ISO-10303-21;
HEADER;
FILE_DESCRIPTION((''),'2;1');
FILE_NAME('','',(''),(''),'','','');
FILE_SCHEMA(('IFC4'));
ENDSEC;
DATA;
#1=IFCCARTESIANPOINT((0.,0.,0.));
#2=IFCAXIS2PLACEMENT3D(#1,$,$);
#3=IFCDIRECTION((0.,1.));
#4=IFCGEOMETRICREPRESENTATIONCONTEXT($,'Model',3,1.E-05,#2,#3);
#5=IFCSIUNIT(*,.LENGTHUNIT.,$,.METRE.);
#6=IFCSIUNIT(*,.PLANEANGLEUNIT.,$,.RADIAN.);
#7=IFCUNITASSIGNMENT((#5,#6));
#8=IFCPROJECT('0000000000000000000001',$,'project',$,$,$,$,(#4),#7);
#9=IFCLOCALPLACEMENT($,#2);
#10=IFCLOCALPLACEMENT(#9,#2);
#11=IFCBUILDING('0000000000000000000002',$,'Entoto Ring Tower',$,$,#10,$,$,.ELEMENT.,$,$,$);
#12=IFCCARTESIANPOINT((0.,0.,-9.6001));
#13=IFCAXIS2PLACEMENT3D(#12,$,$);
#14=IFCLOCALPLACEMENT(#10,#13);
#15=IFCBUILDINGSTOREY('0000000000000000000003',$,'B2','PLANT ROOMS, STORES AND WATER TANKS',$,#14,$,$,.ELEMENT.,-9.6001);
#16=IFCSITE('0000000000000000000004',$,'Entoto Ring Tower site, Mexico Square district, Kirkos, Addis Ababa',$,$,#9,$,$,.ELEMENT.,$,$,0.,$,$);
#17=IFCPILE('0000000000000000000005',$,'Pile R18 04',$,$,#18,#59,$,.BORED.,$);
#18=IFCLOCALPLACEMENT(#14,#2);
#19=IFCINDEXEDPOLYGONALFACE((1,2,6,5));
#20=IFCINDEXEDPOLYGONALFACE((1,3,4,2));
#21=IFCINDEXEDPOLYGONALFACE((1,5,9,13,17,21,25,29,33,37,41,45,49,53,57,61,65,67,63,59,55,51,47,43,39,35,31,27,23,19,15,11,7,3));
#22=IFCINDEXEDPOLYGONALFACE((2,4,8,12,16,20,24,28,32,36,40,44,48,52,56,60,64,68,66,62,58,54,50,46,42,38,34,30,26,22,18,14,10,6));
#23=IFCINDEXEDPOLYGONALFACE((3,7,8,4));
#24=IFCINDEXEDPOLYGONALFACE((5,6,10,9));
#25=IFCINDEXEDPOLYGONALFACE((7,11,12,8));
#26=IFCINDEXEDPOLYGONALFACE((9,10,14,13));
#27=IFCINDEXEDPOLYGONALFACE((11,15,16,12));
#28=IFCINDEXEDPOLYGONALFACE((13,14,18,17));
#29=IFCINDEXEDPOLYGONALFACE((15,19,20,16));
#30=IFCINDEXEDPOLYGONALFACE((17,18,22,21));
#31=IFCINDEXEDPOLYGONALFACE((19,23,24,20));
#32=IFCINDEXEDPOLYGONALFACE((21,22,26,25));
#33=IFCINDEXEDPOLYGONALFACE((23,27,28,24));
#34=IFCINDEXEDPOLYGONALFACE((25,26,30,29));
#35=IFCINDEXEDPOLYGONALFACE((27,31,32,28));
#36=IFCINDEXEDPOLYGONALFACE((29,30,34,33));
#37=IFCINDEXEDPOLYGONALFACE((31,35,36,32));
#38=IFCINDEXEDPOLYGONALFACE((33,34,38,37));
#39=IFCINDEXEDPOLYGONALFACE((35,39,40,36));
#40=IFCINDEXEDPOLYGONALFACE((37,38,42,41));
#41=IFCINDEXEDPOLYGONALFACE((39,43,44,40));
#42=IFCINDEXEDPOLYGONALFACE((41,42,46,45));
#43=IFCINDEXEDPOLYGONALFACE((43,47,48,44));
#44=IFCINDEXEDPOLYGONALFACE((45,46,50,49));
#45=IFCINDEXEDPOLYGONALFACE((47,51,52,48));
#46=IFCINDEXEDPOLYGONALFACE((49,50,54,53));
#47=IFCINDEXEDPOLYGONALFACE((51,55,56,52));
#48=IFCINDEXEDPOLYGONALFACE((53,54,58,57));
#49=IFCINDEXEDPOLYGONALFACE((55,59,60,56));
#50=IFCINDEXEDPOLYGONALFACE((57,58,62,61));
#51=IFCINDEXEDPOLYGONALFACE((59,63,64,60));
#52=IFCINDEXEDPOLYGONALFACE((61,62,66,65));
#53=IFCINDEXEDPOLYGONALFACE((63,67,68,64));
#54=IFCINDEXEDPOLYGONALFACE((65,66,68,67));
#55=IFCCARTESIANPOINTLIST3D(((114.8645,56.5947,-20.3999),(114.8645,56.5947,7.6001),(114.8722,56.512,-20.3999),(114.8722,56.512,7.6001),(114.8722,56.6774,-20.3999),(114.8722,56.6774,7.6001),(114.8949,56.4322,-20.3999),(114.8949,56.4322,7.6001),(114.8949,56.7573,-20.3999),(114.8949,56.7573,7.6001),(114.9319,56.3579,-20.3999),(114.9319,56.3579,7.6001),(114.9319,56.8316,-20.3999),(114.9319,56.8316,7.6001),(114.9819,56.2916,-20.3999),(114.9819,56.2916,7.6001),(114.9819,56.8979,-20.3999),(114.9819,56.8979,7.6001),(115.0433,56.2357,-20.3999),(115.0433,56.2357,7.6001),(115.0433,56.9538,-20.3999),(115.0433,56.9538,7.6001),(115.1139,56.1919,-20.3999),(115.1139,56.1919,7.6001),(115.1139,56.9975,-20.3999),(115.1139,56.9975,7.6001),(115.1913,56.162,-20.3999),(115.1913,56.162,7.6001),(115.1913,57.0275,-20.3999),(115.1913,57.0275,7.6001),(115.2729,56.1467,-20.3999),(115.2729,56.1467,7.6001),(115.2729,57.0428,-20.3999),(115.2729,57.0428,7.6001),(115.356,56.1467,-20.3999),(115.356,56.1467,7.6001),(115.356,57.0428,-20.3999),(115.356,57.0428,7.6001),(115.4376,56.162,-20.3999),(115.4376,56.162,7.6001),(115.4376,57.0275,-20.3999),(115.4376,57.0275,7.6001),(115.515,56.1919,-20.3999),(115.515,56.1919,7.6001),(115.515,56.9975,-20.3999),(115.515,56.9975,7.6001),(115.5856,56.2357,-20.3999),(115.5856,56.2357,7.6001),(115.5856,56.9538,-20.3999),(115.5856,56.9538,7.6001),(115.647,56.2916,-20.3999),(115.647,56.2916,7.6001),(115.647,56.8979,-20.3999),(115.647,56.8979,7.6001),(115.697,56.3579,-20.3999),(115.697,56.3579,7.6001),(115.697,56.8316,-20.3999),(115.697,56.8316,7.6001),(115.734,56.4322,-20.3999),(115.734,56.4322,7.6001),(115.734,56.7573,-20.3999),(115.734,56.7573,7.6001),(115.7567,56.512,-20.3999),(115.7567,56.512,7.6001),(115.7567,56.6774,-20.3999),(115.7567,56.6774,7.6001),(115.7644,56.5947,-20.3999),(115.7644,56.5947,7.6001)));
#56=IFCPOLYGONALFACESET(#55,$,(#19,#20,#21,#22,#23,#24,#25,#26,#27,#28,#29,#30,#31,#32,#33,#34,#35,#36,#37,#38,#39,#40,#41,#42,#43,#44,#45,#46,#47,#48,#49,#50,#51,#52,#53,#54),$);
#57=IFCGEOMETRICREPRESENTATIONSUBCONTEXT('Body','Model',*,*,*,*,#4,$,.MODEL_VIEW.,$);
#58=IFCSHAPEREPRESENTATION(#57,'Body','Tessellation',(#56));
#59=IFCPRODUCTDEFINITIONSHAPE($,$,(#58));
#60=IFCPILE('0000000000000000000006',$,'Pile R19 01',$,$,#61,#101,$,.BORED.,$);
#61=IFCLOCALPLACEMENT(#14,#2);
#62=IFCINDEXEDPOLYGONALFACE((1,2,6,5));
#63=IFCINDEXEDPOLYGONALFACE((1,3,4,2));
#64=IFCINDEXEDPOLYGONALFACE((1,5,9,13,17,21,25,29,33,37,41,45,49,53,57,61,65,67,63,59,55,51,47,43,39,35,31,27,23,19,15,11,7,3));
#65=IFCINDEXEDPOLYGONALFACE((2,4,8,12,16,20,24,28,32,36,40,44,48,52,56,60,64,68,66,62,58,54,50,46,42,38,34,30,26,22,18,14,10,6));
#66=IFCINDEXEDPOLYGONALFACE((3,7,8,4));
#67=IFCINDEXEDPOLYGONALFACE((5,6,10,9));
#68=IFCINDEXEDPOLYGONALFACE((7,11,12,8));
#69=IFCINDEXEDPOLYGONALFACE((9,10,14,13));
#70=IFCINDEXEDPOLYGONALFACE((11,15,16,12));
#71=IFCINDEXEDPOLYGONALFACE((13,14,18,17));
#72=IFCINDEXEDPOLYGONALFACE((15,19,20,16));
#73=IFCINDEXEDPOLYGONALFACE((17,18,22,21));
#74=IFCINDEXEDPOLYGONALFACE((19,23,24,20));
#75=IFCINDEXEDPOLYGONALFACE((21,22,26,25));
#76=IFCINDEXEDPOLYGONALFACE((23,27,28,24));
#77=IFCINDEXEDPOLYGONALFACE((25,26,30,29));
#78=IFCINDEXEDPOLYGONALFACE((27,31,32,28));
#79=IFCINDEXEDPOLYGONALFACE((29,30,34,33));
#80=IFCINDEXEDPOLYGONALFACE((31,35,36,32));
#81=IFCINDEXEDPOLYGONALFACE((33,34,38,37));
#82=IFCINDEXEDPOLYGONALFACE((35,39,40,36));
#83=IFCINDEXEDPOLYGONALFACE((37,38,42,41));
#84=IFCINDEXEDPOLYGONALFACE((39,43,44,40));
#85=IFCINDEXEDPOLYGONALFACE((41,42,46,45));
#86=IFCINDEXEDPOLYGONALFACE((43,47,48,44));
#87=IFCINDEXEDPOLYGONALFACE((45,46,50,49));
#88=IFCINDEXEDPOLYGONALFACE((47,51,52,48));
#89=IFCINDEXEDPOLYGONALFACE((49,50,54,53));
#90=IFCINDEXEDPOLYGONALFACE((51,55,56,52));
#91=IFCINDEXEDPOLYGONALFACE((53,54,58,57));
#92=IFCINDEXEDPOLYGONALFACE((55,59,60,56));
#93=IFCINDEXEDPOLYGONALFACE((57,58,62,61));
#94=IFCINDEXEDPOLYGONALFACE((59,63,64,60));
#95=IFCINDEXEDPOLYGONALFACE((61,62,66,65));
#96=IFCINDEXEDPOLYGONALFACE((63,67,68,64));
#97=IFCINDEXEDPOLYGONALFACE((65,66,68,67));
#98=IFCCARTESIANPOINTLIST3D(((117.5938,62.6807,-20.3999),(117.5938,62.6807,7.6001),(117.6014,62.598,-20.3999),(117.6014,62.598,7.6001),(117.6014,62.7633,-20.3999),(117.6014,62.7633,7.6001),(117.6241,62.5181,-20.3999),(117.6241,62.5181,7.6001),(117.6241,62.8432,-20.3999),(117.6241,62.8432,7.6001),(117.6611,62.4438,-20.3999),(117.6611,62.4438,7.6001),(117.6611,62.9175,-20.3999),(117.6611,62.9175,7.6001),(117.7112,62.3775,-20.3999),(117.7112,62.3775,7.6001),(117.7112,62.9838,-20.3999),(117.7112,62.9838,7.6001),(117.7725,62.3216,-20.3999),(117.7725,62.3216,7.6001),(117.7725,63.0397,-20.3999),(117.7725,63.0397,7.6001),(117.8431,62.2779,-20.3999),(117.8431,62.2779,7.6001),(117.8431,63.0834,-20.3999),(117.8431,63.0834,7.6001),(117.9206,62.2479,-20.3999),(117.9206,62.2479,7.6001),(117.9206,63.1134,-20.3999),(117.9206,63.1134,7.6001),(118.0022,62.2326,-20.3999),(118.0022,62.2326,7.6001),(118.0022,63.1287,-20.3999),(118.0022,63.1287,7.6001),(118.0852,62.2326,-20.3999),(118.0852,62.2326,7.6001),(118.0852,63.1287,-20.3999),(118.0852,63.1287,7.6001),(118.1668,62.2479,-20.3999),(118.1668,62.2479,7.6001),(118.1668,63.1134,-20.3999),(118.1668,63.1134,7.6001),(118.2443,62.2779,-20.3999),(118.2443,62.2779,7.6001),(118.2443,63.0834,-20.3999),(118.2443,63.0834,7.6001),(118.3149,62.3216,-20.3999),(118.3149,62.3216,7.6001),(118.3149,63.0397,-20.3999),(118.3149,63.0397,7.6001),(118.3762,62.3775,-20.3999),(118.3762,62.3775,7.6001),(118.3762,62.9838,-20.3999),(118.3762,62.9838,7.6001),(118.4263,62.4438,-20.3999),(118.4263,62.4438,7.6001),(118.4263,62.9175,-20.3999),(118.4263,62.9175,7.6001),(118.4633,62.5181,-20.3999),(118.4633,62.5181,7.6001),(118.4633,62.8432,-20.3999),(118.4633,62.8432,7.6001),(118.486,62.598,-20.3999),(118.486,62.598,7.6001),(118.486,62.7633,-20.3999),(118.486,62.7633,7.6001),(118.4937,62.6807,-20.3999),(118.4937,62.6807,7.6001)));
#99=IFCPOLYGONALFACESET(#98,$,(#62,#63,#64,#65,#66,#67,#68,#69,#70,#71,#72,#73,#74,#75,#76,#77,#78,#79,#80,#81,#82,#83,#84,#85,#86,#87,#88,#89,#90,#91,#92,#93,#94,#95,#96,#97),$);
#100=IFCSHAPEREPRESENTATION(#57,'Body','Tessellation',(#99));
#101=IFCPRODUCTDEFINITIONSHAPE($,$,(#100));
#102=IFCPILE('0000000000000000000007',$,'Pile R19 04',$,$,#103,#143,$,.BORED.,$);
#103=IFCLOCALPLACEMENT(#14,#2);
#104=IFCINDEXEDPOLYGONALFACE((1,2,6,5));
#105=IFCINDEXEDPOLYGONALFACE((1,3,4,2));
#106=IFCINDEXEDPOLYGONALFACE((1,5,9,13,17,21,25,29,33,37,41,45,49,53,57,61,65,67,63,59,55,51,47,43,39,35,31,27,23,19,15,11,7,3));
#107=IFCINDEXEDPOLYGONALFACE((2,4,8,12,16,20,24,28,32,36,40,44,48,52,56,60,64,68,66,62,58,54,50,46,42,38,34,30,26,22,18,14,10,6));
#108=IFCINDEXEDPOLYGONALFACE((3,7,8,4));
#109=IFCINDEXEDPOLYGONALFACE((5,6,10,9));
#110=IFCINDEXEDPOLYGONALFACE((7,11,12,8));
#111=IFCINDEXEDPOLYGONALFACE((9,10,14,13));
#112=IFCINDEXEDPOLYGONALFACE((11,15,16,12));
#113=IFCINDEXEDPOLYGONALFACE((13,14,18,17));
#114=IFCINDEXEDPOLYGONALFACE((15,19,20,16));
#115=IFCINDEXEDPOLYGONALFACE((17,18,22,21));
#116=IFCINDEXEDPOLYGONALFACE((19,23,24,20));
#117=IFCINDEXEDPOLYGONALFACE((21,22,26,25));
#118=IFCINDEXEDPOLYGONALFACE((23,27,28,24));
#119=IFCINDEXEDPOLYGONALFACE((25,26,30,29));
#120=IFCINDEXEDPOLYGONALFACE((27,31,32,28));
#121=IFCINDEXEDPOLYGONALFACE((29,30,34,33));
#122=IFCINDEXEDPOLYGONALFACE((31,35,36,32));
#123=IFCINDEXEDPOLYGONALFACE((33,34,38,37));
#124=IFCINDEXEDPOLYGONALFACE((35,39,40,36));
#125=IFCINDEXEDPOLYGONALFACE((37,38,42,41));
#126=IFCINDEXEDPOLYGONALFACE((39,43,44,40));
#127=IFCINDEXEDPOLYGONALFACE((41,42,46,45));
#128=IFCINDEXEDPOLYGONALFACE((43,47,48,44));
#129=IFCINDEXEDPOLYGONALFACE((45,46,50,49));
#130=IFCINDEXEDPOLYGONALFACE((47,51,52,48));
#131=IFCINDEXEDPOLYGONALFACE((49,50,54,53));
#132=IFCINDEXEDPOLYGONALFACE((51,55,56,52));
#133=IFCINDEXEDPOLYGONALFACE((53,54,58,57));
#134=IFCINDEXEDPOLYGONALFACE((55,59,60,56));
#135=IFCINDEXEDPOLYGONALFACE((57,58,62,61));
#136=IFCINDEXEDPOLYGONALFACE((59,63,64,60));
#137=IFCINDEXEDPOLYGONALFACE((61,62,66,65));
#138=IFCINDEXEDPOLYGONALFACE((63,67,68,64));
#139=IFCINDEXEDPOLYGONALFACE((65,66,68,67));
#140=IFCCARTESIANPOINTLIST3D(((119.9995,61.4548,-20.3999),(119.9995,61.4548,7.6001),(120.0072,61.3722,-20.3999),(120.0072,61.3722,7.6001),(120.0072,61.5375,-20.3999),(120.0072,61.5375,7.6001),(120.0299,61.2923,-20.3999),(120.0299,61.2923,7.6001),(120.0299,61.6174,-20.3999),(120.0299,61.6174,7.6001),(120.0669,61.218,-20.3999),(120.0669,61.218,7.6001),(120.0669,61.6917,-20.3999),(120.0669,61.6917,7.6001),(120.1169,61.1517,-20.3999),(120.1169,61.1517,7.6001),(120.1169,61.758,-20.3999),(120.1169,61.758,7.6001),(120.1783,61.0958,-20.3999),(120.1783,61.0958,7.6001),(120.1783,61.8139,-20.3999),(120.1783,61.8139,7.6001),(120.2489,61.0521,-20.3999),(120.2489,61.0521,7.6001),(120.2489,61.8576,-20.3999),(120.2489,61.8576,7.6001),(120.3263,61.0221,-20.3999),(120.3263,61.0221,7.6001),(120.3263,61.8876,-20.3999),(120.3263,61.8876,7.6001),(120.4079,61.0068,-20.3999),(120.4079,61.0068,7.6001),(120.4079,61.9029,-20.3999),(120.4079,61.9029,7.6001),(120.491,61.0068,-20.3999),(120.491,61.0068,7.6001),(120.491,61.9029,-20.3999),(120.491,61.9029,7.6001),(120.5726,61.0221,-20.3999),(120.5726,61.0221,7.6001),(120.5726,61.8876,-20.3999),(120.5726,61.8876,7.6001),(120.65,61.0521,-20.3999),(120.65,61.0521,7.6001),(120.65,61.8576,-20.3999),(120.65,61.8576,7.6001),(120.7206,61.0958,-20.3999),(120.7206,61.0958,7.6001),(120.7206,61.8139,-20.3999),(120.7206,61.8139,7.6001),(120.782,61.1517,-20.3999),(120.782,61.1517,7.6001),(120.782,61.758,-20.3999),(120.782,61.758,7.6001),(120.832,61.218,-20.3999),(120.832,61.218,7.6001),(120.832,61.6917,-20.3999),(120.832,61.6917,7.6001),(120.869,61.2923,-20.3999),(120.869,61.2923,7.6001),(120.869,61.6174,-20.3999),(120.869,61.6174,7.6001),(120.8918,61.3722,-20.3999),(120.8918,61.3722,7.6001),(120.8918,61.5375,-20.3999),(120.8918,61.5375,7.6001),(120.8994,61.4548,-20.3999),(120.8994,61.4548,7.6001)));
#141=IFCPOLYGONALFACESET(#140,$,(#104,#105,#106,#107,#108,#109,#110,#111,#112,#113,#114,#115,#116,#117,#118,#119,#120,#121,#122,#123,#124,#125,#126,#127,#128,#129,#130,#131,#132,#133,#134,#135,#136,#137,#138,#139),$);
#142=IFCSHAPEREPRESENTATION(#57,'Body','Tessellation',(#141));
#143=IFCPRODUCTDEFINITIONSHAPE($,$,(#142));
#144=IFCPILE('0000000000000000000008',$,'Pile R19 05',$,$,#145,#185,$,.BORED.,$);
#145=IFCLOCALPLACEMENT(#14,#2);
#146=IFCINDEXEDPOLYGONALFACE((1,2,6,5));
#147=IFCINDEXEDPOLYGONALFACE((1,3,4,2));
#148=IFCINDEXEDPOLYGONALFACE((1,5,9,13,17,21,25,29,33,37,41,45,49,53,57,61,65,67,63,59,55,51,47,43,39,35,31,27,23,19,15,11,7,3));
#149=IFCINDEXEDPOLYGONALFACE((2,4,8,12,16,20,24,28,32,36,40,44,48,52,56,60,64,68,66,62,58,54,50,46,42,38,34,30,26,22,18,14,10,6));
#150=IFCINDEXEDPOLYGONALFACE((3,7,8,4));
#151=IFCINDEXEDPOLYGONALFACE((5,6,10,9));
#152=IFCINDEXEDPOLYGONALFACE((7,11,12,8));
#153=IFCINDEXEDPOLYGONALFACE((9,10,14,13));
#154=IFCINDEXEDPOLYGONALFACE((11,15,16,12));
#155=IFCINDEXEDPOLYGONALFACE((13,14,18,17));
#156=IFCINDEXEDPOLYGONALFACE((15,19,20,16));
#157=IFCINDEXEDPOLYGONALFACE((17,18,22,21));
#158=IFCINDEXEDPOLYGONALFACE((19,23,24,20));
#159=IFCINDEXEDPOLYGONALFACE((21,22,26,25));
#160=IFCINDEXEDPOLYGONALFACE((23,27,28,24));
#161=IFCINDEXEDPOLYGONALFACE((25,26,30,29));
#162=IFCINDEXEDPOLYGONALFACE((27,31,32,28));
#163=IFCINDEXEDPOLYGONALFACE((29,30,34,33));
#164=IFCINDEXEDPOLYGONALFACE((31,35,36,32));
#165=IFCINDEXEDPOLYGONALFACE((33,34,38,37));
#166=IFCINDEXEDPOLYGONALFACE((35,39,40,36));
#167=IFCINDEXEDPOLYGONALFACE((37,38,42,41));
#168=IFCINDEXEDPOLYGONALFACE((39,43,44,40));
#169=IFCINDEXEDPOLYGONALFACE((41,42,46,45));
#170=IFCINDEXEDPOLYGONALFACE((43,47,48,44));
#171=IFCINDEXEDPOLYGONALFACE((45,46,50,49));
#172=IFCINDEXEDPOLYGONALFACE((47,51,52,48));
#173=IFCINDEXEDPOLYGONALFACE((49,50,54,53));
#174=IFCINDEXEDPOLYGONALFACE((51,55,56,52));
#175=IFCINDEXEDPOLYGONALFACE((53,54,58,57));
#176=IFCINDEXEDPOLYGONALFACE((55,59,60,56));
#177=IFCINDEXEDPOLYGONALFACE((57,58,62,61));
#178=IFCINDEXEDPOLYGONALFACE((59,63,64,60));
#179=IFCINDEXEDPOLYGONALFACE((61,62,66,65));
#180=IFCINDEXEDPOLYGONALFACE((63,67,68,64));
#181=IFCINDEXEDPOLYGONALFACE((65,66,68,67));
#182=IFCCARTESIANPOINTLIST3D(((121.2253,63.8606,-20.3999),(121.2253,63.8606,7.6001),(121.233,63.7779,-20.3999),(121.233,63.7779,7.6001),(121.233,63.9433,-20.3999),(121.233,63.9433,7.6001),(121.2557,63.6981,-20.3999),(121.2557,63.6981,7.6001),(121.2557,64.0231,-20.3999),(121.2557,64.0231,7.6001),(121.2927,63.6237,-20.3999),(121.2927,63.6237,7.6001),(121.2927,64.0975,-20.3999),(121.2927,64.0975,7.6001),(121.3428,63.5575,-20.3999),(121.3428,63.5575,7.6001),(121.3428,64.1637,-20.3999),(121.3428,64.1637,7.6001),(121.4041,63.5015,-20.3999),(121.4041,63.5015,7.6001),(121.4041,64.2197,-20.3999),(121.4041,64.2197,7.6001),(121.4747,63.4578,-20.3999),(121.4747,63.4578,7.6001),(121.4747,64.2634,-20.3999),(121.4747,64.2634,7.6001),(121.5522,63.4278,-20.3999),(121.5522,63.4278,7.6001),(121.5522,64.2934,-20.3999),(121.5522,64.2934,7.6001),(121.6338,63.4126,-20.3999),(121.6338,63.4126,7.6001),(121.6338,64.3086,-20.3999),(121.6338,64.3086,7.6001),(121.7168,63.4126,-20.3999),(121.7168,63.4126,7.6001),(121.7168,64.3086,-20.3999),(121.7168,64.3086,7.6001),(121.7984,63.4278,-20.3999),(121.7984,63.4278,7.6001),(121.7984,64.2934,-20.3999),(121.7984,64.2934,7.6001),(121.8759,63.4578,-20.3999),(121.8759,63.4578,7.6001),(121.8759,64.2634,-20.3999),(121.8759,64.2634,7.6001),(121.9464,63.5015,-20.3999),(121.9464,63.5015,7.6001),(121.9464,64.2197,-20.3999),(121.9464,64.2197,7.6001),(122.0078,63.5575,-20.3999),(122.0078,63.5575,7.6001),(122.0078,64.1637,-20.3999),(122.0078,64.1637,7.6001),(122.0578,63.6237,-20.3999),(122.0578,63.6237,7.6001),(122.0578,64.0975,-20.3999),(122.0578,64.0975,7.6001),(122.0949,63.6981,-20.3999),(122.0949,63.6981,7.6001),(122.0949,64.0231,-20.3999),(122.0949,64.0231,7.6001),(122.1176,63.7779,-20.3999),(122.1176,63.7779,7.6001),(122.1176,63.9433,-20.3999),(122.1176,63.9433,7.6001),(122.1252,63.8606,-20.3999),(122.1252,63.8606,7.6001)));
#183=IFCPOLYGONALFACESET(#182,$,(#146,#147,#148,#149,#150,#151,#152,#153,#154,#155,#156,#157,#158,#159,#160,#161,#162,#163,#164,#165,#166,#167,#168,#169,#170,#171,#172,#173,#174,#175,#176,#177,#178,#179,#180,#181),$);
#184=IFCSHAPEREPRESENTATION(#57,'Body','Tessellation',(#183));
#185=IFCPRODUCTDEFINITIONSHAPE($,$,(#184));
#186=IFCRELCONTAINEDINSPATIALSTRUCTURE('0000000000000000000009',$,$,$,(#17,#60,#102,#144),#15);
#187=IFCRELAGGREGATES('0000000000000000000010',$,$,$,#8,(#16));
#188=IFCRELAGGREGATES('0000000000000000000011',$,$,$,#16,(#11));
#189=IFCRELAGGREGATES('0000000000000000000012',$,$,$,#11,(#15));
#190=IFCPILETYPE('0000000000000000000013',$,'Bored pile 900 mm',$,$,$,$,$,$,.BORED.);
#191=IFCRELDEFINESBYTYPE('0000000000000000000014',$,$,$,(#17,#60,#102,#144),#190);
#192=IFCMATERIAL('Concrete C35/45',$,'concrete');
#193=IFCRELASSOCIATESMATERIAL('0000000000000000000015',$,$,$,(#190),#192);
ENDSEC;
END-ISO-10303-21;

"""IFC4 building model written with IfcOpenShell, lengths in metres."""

from ifc_helpers import new_model, si_unit, direction, frame, origin, origin_2d, place, context, subcontext, project, spatial, circle, extrude, material, material_profile, profile_set, type_object, element, save


model = new_model("IFC4")

# Units and contexts
model_context = context("Model", 3, precision=1e-05, world=origin(), true_north=direction((0.0, 1.0)))
body_context = subcontext(model_context, "Body", "Model", "MODEL_VIEW")
ifc_project = project(units=[si_unit("LENGTHUNIT", "METRE"), si_unit("PLANEANGLEUNIT", "RADIAN")], contexts=[model_context])

# Site, building, storey
site_placement = place(None, origin())
site = spatial("IfcSite", under=ifc_project, at=site_placement, Name="Entoto Ring Tower site, Mexico Square district, Kirkos, Addis Ababa", CompositionType="ELEMENT", RefElevation=0.0)
building_placement = place(site_placement, origin())
building = spatial("IfcBuilding", under=site, at=building_placement, Name="Entoto Ring Tower", CompositionType="ELEMENT")
storey_placement = place(building_placement, frame((0.0, 0.0, -9.6001)))
storey = spatial("IfcBuildingStorey", under=building, at=storey_placement, Name="B2", Description="PLANT ROOMS, STORES AND WATER TANKS", CompositionType="ELEMENT", Elevation=-9.6001)

# Piles
ifc_material_1 = material(Name="Concrete C35/45", Category="concrete")
ifc_material_profile_1 = material_profile(ifc_material_1, circle(Radius=0.45, at=origin_2d()), Name="Bored pile 900 mm")
ifc_profile_set_1 = profile_set([ifc_material_profile_1], Name="Concrete C35/45")
pile_type = type_object("IfcPileType", Name="Bored pile 900 mm", PredefinedType="BORED", material=ifc_profile_set_1)
for number, where, z_axis, x_axis, name in (
    (1, (115.3145, 56.5947, 7.6001), (0.0, 0.0, -1.0), (1.0, 0.0, 0.0), "Pile R18 04"),
    (2, (118.0437, 62.6807, 7.6001), (0.0, 0.0, -1.0), (1.0, 0.0, 0.0), "Pile R19 01"),
    (3, (120.4495, 61.4548, 7.6001), (0.0, 0.0, -1.0), (1.0, 0.0, 0.0), "Pile R19 04"),
    (4, (121.6753, 63.8606, 7.6001), (0.0, 0.0, -1.0), (1.0, 0.0, 0.0), "Pile R19 05"),
):
    element("IfcPile", number, at=place(storey_placement, frame(where, z_axis=z_axis, x_axis=x_axis)), inside=storey, type_object=pile_type, Name=name, PredefinedType="BORED", context=body_context, shape_type="SweptSolid", body=[
        extrude(circle(Radius=0.45, at=origin_2d()), origin(), (0.0, 0.0, 1.0), 28.0),
    ])

save(model, "model.ifc")
